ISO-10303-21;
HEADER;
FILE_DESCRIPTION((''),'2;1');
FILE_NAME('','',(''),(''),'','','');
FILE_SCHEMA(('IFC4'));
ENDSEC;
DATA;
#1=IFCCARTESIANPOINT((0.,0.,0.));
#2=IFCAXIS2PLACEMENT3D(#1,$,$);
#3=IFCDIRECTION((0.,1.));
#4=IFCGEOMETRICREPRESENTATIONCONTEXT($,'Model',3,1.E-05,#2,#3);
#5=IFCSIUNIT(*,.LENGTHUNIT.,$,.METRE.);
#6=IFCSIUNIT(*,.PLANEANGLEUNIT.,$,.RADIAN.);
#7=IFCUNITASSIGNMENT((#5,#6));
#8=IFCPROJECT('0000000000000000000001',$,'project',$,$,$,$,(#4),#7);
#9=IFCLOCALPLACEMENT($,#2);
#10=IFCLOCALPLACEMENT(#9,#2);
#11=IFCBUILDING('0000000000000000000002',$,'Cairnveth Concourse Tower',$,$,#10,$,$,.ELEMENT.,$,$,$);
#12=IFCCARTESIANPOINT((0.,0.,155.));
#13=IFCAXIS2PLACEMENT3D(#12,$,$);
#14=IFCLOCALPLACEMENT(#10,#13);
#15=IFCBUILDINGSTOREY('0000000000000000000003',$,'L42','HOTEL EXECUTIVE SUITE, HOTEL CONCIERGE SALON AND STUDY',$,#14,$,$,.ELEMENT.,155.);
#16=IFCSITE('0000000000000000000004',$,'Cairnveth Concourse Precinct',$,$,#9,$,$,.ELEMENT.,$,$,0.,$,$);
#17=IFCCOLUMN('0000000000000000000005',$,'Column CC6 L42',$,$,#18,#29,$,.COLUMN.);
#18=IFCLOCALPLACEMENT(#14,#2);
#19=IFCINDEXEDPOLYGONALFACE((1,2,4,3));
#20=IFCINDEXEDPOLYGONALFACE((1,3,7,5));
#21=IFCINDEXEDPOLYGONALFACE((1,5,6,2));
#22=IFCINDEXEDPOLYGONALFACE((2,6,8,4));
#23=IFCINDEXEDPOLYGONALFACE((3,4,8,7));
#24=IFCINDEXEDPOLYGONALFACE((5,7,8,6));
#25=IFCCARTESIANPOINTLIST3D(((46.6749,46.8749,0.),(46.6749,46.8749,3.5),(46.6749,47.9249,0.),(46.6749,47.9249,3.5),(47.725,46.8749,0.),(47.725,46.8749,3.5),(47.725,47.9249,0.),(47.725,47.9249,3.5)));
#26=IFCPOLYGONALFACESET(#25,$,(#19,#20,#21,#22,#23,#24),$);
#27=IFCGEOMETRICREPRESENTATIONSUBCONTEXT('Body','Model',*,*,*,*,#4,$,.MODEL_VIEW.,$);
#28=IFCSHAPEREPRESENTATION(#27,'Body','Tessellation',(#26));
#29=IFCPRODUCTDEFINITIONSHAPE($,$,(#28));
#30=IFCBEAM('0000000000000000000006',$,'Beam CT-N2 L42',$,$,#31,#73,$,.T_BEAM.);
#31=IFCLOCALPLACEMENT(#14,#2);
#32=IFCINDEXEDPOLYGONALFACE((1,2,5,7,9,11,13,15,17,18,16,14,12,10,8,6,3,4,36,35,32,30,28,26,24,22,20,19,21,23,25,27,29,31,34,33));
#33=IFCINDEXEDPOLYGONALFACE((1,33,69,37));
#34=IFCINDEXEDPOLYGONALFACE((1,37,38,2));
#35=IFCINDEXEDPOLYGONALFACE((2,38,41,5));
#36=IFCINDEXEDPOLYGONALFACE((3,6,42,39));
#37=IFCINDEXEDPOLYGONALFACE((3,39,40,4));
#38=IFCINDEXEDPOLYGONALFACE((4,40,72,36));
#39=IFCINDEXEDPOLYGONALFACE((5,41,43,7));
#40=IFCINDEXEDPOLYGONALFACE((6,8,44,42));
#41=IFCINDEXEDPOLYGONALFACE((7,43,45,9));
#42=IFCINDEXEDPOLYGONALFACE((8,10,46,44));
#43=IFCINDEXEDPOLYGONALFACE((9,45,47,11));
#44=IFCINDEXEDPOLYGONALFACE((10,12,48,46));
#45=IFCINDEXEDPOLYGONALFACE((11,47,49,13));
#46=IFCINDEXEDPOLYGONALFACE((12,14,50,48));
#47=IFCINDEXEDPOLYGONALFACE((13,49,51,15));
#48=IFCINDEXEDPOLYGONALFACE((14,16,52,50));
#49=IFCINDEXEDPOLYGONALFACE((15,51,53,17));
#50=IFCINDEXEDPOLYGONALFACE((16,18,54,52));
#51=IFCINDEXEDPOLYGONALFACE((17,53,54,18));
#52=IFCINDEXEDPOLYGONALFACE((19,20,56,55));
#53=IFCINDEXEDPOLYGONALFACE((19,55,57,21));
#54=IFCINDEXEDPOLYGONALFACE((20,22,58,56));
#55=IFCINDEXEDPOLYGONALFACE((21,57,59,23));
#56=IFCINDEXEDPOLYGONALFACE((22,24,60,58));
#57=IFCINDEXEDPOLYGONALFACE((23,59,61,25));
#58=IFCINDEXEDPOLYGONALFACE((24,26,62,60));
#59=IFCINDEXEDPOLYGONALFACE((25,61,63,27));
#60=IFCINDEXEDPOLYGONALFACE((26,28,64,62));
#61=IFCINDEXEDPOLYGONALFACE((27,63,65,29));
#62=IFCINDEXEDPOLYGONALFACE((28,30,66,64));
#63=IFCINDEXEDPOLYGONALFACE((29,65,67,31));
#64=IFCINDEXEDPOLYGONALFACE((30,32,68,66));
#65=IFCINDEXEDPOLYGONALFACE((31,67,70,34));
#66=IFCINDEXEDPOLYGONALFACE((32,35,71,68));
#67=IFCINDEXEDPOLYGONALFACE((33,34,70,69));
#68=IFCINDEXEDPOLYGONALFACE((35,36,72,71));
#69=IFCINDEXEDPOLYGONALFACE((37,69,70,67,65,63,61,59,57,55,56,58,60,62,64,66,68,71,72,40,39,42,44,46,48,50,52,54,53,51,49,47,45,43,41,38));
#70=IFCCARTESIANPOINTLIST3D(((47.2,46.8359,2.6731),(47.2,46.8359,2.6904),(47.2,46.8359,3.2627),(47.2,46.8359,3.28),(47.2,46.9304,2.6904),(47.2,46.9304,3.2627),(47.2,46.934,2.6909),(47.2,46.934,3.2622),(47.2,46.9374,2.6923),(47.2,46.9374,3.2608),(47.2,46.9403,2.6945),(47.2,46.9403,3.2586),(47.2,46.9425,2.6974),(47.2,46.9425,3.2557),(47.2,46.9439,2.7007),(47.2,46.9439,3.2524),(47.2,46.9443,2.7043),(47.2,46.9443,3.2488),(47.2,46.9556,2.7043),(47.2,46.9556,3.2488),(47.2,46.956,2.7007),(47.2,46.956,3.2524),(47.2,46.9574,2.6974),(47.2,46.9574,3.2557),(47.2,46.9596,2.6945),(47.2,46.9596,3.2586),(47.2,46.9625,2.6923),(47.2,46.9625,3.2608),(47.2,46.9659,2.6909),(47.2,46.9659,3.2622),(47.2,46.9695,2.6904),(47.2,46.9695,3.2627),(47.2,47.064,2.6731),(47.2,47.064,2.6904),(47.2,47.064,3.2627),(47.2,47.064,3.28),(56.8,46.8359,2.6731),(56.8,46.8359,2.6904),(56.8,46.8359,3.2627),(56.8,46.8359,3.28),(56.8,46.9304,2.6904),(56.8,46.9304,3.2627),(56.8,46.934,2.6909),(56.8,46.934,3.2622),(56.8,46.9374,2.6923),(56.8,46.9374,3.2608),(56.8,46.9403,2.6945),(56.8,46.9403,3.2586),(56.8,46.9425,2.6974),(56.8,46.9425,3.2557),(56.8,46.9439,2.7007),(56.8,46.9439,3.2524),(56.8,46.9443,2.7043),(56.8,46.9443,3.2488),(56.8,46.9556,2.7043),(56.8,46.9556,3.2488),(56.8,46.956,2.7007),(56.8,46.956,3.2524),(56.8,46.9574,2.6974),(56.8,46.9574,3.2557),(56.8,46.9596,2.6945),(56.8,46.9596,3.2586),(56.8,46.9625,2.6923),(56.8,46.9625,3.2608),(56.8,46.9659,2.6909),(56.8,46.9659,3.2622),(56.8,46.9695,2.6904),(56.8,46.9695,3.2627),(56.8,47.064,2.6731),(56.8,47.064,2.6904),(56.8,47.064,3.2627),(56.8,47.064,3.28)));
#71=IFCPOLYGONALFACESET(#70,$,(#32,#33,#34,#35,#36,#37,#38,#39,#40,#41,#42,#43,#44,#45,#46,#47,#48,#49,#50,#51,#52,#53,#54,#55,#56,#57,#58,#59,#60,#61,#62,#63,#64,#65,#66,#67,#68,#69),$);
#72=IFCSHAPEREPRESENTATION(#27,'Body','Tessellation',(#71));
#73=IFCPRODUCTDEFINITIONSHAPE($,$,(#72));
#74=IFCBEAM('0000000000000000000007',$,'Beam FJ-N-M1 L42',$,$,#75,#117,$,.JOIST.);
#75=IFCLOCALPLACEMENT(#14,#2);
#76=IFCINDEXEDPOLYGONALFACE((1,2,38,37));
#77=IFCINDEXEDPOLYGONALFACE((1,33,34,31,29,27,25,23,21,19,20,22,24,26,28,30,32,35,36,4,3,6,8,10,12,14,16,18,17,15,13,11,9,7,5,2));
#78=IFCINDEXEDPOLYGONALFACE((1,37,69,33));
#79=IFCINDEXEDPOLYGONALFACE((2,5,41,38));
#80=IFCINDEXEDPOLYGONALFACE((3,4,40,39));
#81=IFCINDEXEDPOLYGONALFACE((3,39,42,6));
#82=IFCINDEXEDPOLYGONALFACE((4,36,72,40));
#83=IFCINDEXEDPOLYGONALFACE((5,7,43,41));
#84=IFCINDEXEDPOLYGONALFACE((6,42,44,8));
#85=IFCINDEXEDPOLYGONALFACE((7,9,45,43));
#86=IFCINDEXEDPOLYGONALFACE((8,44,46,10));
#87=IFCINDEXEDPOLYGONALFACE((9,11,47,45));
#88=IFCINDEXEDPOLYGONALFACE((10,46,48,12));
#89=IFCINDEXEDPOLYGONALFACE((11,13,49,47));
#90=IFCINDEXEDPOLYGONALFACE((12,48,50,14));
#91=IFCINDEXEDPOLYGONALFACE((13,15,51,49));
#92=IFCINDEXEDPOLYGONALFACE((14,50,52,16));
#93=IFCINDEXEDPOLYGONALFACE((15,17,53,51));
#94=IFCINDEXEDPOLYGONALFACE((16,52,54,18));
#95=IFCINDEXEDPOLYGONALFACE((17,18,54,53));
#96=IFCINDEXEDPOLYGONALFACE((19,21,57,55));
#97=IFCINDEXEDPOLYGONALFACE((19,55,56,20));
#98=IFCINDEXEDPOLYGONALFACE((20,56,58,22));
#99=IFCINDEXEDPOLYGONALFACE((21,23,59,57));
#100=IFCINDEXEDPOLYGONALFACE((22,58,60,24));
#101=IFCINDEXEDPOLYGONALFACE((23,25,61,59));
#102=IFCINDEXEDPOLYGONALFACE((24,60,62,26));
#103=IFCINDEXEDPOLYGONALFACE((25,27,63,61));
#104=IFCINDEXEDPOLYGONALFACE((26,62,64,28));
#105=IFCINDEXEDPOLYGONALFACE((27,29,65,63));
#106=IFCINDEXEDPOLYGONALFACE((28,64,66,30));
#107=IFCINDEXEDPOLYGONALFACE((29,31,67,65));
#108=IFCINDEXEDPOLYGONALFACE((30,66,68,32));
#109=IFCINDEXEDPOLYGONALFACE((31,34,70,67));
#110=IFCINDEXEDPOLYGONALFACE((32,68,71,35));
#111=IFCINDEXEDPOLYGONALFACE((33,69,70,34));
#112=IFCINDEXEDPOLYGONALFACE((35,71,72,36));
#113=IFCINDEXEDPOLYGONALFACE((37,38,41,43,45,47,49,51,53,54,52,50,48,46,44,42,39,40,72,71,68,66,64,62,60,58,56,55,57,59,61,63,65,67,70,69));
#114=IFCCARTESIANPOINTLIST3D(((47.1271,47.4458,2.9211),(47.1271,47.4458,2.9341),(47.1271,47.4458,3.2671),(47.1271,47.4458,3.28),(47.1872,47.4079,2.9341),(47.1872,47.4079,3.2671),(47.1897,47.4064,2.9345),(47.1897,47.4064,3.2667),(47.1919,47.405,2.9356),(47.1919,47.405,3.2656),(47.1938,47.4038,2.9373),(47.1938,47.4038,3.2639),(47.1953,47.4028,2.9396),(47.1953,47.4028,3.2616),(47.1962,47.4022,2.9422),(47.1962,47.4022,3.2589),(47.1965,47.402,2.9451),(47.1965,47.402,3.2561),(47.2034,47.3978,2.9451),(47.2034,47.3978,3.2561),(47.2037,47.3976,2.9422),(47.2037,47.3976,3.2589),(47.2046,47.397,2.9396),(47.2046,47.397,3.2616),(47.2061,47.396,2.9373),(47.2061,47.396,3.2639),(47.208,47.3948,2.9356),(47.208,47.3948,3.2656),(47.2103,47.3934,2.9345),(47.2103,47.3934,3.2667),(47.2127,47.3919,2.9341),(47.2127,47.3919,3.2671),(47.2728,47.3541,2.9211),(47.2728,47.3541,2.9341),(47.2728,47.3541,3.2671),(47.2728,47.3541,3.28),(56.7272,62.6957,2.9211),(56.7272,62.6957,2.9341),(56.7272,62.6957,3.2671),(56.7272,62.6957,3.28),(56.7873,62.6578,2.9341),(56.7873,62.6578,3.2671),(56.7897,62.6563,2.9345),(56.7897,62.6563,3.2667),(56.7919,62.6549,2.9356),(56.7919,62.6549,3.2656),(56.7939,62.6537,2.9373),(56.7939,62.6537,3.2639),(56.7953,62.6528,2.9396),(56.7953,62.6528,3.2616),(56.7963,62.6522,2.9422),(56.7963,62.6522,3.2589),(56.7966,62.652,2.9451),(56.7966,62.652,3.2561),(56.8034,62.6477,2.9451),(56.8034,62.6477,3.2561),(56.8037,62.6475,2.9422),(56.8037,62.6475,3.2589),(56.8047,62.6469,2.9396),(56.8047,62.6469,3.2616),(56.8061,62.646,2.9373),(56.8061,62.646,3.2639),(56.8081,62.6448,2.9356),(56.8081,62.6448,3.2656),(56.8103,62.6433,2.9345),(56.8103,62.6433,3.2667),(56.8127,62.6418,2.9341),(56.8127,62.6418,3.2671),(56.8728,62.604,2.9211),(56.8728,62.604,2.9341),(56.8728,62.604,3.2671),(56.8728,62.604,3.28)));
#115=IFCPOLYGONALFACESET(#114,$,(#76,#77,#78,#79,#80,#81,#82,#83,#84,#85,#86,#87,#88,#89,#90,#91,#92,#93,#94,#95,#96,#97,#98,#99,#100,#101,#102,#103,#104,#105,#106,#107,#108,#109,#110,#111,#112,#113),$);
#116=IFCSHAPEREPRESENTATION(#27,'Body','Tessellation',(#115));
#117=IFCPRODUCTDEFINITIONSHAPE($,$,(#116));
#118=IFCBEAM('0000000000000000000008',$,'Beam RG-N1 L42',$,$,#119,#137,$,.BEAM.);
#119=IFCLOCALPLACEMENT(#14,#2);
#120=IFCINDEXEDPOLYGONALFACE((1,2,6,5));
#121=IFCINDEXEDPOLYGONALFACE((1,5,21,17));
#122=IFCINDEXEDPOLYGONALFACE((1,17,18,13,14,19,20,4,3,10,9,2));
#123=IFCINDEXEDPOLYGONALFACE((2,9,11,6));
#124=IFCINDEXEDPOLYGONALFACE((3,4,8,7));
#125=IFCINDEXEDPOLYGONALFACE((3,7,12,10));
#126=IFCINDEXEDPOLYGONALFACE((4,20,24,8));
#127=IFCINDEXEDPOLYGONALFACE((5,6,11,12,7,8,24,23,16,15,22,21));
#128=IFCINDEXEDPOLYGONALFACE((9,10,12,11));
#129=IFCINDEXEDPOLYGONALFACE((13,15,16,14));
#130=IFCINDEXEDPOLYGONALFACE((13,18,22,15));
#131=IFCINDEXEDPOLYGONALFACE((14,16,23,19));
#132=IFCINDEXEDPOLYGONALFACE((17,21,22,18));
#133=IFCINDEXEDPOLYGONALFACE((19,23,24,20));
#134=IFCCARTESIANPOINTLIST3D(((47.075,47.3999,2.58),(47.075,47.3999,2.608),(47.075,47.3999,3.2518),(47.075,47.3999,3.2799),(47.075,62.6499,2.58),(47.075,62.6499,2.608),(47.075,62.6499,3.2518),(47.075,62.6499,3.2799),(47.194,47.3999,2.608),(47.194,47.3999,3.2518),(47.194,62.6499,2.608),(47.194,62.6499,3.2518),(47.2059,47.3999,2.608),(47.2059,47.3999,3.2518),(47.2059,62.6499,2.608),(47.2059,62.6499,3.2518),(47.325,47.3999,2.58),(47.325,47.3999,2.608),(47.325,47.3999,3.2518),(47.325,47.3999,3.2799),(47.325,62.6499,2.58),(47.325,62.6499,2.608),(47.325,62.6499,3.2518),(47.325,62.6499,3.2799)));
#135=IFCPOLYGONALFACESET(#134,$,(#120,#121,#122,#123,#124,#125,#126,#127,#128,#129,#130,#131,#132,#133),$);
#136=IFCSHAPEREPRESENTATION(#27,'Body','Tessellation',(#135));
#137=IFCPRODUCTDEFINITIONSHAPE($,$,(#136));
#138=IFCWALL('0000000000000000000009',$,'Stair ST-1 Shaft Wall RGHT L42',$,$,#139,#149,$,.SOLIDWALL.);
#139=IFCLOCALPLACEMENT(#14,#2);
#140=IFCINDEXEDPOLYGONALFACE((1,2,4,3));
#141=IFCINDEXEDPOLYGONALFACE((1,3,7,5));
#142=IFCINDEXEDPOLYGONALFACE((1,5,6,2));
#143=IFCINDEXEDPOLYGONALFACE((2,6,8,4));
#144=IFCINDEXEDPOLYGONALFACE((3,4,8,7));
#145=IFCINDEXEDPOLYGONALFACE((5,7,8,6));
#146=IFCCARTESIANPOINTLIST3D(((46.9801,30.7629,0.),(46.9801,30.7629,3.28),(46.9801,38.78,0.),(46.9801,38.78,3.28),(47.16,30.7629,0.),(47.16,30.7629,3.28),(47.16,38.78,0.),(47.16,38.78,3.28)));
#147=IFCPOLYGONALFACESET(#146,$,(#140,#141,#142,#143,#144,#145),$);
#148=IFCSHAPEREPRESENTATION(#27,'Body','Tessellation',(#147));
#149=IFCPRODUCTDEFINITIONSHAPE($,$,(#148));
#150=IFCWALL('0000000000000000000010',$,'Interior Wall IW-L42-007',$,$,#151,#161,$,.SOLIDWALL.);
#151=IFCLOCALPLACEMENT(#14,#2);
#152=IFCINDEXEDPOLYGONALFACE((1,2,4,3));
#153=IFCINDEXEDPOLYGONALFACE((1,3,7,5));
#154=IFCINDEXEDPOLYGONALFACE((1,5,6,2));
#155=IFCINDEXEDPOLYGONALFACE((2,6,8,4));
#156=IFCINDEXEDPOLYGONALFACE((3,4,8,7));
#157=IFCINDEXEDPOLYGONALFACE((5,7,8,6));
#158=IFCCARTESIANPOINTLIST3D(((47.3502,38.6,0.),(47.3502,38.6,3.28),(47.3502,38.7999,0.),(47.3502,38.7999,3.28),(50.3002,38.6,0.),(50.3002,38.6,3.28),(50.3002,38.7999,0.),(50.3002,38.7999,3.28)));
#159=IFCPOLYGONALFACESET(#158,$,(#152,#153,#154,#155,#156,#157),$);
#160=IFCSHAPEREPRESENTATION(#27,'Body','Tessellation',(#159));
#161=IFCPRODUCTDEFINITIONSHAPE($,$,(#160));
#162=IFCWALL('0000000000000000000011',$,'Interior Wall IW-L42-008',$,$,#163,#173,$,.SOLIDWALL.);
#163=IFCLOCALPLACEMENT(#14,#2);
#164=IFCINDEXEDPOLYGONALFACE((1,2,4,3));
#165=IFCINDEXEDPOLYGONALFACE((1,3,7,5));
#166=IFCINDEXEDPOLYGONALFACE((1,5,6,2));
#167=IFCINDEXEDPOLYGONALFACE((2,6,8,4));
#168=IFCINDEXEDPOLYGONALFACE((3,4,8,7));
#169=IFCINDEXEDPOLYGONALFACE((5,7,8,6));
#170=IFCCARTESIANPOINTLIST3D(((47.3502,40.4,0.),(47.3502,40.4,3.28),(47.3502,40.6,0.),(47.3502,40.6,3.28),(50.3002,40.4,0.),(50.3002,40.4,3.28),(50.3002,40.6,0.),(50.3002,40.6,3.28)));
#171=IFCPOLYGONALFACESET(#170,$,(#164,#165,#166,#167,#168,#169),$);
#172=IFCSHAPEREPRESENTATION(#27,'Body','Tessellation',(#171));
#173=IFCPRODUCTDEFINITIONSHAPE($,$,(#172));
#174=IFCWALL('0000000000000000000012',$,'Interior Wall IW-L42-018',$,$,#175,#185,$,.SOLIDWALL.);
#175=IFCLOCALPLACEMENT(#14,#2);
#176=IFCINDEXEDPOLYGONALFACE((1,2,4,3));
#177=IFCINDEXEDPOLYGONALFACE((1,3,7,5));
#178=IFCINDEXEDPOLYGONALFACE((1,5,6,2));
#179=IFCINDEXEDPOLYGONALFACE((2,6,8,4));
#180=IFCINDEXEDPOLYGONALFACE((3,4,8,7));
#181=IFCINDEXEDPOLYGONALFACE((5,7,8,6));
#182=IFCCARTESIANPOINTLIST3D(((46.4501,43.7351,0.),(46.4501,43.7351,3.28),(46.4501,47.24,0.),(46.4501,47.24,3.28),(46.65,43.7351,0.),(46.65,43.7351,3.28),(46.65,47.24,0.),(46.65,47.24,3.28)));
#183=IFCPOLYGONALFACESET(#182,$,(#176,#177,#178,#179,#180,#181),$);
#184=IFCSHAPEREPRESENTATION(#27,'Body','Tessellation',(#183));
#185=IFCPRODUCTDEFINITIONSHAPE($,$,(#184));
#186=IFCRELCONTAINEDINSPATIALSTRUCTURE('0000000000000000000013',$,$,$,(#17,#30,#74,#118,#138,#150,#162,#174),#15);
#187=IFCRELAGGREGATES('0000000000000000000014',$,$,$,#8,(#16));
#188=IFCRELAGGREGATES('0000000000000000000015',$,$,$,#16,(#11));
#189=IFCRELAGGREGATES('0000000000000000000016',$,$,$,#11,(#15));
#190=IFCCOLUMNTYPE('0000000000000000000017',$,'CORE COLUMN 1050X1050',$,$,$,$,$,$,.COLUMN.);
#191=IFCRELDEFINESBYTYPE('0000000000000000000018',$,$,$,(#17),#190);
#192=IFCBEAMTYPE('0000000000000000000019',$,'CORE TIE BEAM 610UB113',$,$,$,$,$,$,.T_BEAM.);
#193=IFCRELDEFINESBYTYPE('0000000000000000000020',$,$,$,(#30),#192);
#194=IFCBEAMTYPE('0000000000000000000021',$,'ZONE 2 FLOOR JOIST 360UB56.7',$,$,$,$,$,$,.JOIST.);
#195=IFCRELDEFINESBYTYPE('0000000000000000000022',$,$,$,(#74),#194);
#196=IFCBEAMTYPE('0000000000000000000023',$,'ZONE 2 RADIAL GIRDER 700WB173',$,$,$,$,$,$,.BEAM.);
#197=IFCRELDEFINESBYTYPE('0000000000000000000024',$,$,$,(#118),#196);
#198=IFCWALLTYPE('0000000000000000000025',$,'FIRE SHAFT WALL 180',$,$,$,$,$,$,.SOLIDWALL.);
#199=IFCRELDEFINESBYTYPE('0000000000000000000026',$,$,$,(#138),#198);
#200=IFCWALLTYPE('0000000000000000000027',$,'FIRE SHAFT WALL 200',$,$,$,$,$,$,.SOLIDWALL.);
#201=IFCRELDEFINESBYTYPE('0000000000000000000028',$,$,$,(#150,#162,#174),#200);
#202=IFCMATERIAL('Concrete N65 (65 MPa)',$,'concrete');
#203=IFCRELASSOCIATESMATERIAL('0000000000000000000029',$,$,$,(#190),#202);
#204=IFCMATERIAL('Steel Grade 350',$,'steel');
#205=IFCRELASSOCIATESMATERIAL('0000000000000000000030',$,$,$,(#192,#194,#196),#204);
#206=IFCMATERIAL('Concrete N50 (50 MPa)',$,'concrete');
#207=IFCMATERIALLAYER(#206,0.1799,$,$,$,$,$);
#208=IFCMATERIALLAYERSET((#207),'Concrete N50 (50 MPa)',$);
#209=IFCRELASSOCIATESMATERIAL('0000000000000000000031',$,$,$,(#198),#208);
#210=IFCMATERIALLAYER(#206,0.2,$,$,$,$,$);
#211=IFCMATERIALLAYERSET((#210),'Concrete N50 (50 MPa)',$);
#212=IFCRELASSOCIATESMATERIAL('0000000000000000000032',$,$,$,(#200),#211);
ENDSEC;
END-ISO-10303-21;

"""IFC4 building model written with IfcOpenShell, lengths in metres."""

from ifc_helpers import new_model, si_unit, direction, frame, frame_2d, origin, origin_2d, place, context, subcontext, project, spatial, rectangle, i_section, extrude, material, layer, layer_set, material_profile, profile_set, type_object, element, save


model = new_model("IFC4")

# Units and contexts
model_context = context("Model", 3, precision=1e-05, world=origin(), true_north=direction((0.0, 1.0)))
body_context = subcontext(model_context, "Body", "Model", "MODEL_VIEW")
ifc_project = project(units=[si_unit("LENGTHUNIT", "METRE"), si_unit("PLANEANGLEUNIT", "RADIAN")], contexts=[model_context])

# Site, building, storey
site_placement = place(None, origin())
site = spatial("IfcSite", under=ifc_project, at=site_placement, Name="Cairnveth Concourse Precinct", CompositionType="ELEMENT", RefElevation=0.0)
building_placement = place(site_placement, origin())
building = spatial("IfcBuilding", under=site, at=building_placement, Name="Cairnveth Concourse Tower", CompositionType="ELEMENT")
storey_placement = place(building_placement, frame((0.0, 0.0, 155.0)))
storey = spatial("IfcBuildingStorey", under=building, at=storey_placement, Name="L42", Description="HOTEL EXECUTIVE SUITE, HOTEL CONCIERGE SALON AND STUDY", CompositionType="ELEMENT", Elevation=155.0)

# Column
ifc_material_1 = material(Name="Concrete N65 (65 MPa)", Category="concrete")
ifc_material_profile_1 = material_profile(ifc_material_1, rectangle(XDim=1.05, YDim=1.05, at=origin_2d()), Name="RC-COL-1050x1050")
ifc_profile_set_1 = profile_set([ifc_material_profile_1], Name="Concrete N65 (65 MPa)")
column_type = type_object("IfcColumnType", Name="CORE COLUMN 1050X1050", PredefinedType="COLUMN", material=ifc_profile_set_1)
column_placement = place(storey_placement, frame((47.2, 47.3999, 0.0), z_axis=(0.0, 0.0, 1.0), x_axis=(1.0, 0.0, 0.0)))
element("IfcColumn", 1, at=column_placement, inside=storey, type_object=column_type, Name="Column CC6 L42", PredefinedType="COLUMN", context=body_context, shape_type="SweptSolid", body=[
    extrude(rectangle(XDim=1.05, YDim=1.05, at=origin_2d()), origin(), (0.0, 0.0, 1.0), 3.5),
])

# Beams
ifc_material_2 = material(Name="Steel Grade 350", Category="steel")
ifc_material_profile_2 = material_profile(ifc_material_2, i_section(OverallWidth=0.228, OverallDepth=0.6069, WebThickness=0.0112, FlangeThickness=0.0173, FilletRadius=0.0139, at=origin_2d()), Name="610UB113")
ifc_profile_set_2 = profile_set([ifc_material_profile_2], Name="Steel Grade 350")
beam_type_1 = type_object("IfcBeamType", Name="CORE TIE BEAM 610UB113", PredefinedType="T_BEAM", material=ifc_profile_set_2)
beam_1_placement = place(storey_placement, frame((47.2, 46.95, 2.9766), z_axis=(1.0, 0.0, 0.0), x_axis=(0.0, 1.0, 0.0)))
element("IfcBeam", 2, at=beam_1_placement, inside=storey, type_object=beam_type_1, Name="Beam CT-N2 L42", PredefinedType="T_BEAM", context=body_context, shape_type="SweptSolid", body=[
    extrude(i_section(OverallWidth=0.228, OverallDepth=0.6069, WebThickness=0.0112, FlangeThickness=0.0173, FilletRadius=0.0139, at=origin_2d()), origin(), (0.0, 0.0, 1.0), 9.6001),
])
ifc_material_profile_3 = material_profile(ifc_material_2, i_section(OverallWidth=0.1721, OverallDepth=0.3589, WebThickness=0.0081, FlangeThickness=0.0129, FilletRadius=0.011, at=origin_2d()), Name="360UB56.7")
ifc_profile_set_3 = profile_set([ifc_material_profile_3], Name="Steel Grade 350")
beam_type_2 = type_object("IfcBeamType", Name="ZONE 2 FLOOR JOIST 360UB56.7", PredefinedType="JOIST", material=ifc_profile_set_3)
beam_2_placement = place(storey_placement, frame((47.2, 47.3999, 3.1006), z_axis=(0.532744, 0.846277, 0.0), x_axis=(-0.846277, 0.532744, 0.0)))
element("IfcBeam", 3, at=beam_2_placement, inside=storey, type_object=beam_type_2, Name="Beam FJ-N-M1 L42", PredefinedType="JOIST", context=body_context, shape_type="SweptSolid", body=[
    extrude(i_section(OverallWidth=0.1721, OverallDepth=0.3589, WebThickness=0.0081, FlangeThickness=0.0129, FilletRadius=0.011, at=origin_2d()), origin(), (0.0, 0.0, 1.0), 18.02),
])
ifc_material_profile_4 = material_profile(ifc_material_2, i_section(OverallWidth=0.25, OverallDepth=0.7, WebThickness=0.012, FlangeThickness=0.0281, at=origin_2d()), Name="700WB173")
ifc_profile_set_4 = profile_set([ifc_material_profile_4], Name="Steel Grade 350")
beam_type_3 = type_object("IfcBeamType", Name="ZONE 2 RADIAL GIRDER 700WB173", PredefinedType="BEAM", material=ifc_profile_set_4)
beam_3_placement = place(storey_placement, frame((47.2, 47.3999, 2.9299), z_axis=(0.0, 1.0, 0.0), x_axis=(-1.0, 0.0, 0.0)))
element("IfcBeam", 4, at=beam_3_placement, inside=storey, type_object=beam_type_3, Name="Beam RG-N1 L42", PredefinedType="BEAM", context=body_context, shape_type="SweptSolid", body=[
    extrude(i_section(OverallWidth=0.25, OverallDepth=0.7, WebThickness=0.012, FlangeThickness=0.0281, at=origin_2d()), origin(), (0.0, 0.0, 1.0), 15.25),
])

# Shared definitions
ifc_material_3 = material(Name="Concrete N50 (50 MPa)", Category="concrete")
ifc_layer_1 = layer(ifc_material_3, 0.1799)
ifc_layer_set_1 = layer_set([ifc_layer_1], Name="Concrete N50 (50 MPa)")
wall_type_1 = type_object("IfcWallType", Name="FIRE SHAFT WALL 180", PredefinedType="SOLIDWALL", material=ifc_layer_set_1)

# Walls
wall_1_placement = place(storey_placement, frame((47.0701, 38.78, 0.0), z_axis=(0.0, 0.0, 1.0), x_axis=(0.0, -1.0, 0.0)))
element("IfcWall", 5, at=wall_1_placement, inside=storey, type_object=wall_type_1, Name="Stair ST-1 Shaft Wall RGHT L42", PredefinedType="SOLIDWALL", context=body_context, shape_type="SweptSolid", body=[
    extrude(rectangle(XDim=8.0171, YDim=0.1799, at=frame_2d((4.0085, 0.0))), origin(), (0.0, 0.0, 1.0), 3.28),
])
ifc_layer_2 = layer(ifc_material_3, 0.2)
ifc_layer_set_2 = layer_set([ifc_layer_2], Name="Concrete N50 (50 MPa)")
wall_type_2 = type_object("IfcWallType", Name="FIRE SHAFT WALL 200", PredefinedType="SOLIDWALL", material=ifc_layer_set_2)
for number, where, z_axis, x_axis, name in (
    (6, (47.3501, 38.7, 0.0), (0.0, 0.0, 1.0), (1.0, 0.0, 0.0), "Interior Wall IW-L42-007"),
    (7, (47.3501, 40.5, 0.0), (0.0, 0.0, 1.0), (1.0, 0.0, 0.0), "Interior Wall IW-L42-008"),
):
    element("IfcWall", number, at=place(storey_placement, frame(where, z_axis=z_axis, x_axis=x_axis)), inside=storey, type_object=wall_type_2, Name=name, PredefinedType="SOLIDWALL", context=body_context, shape_type="SweptSolid", body=[
        extrude(rectangle(XDim=2.95, YDim=0.2, at=frame_2d((1.4751, 0.0))), origin(), (0.0, 0.0, 1.0), 3.28),
    ])

# Wall
for number, where, z_axis, x_axis, name in (
    (8, (46.55, 43.7351, 0.0), (0.0, 0.0, 1.0), (0.0, 1.0, 0.0), "Interior Wall IW-L42-018"),
):
    element("IfcWall", number, at=place(storey_placement, frame(where, z_axis=z_axis, x_axis=x_axis)), inside=storey, type_object=wall_type_2, Name=name, PredefinedType="SOLIDWALL", context=body_context, shape_type="SweptSolid", body=[
        extrude(rectangle(XDim=3.5049, YDim=0.2, at=frame_2d((1.7524, 0.0))), origin(), (0.0, 0.0, 1.0), 3.28),
    ])

save(model, "model.ifc")
